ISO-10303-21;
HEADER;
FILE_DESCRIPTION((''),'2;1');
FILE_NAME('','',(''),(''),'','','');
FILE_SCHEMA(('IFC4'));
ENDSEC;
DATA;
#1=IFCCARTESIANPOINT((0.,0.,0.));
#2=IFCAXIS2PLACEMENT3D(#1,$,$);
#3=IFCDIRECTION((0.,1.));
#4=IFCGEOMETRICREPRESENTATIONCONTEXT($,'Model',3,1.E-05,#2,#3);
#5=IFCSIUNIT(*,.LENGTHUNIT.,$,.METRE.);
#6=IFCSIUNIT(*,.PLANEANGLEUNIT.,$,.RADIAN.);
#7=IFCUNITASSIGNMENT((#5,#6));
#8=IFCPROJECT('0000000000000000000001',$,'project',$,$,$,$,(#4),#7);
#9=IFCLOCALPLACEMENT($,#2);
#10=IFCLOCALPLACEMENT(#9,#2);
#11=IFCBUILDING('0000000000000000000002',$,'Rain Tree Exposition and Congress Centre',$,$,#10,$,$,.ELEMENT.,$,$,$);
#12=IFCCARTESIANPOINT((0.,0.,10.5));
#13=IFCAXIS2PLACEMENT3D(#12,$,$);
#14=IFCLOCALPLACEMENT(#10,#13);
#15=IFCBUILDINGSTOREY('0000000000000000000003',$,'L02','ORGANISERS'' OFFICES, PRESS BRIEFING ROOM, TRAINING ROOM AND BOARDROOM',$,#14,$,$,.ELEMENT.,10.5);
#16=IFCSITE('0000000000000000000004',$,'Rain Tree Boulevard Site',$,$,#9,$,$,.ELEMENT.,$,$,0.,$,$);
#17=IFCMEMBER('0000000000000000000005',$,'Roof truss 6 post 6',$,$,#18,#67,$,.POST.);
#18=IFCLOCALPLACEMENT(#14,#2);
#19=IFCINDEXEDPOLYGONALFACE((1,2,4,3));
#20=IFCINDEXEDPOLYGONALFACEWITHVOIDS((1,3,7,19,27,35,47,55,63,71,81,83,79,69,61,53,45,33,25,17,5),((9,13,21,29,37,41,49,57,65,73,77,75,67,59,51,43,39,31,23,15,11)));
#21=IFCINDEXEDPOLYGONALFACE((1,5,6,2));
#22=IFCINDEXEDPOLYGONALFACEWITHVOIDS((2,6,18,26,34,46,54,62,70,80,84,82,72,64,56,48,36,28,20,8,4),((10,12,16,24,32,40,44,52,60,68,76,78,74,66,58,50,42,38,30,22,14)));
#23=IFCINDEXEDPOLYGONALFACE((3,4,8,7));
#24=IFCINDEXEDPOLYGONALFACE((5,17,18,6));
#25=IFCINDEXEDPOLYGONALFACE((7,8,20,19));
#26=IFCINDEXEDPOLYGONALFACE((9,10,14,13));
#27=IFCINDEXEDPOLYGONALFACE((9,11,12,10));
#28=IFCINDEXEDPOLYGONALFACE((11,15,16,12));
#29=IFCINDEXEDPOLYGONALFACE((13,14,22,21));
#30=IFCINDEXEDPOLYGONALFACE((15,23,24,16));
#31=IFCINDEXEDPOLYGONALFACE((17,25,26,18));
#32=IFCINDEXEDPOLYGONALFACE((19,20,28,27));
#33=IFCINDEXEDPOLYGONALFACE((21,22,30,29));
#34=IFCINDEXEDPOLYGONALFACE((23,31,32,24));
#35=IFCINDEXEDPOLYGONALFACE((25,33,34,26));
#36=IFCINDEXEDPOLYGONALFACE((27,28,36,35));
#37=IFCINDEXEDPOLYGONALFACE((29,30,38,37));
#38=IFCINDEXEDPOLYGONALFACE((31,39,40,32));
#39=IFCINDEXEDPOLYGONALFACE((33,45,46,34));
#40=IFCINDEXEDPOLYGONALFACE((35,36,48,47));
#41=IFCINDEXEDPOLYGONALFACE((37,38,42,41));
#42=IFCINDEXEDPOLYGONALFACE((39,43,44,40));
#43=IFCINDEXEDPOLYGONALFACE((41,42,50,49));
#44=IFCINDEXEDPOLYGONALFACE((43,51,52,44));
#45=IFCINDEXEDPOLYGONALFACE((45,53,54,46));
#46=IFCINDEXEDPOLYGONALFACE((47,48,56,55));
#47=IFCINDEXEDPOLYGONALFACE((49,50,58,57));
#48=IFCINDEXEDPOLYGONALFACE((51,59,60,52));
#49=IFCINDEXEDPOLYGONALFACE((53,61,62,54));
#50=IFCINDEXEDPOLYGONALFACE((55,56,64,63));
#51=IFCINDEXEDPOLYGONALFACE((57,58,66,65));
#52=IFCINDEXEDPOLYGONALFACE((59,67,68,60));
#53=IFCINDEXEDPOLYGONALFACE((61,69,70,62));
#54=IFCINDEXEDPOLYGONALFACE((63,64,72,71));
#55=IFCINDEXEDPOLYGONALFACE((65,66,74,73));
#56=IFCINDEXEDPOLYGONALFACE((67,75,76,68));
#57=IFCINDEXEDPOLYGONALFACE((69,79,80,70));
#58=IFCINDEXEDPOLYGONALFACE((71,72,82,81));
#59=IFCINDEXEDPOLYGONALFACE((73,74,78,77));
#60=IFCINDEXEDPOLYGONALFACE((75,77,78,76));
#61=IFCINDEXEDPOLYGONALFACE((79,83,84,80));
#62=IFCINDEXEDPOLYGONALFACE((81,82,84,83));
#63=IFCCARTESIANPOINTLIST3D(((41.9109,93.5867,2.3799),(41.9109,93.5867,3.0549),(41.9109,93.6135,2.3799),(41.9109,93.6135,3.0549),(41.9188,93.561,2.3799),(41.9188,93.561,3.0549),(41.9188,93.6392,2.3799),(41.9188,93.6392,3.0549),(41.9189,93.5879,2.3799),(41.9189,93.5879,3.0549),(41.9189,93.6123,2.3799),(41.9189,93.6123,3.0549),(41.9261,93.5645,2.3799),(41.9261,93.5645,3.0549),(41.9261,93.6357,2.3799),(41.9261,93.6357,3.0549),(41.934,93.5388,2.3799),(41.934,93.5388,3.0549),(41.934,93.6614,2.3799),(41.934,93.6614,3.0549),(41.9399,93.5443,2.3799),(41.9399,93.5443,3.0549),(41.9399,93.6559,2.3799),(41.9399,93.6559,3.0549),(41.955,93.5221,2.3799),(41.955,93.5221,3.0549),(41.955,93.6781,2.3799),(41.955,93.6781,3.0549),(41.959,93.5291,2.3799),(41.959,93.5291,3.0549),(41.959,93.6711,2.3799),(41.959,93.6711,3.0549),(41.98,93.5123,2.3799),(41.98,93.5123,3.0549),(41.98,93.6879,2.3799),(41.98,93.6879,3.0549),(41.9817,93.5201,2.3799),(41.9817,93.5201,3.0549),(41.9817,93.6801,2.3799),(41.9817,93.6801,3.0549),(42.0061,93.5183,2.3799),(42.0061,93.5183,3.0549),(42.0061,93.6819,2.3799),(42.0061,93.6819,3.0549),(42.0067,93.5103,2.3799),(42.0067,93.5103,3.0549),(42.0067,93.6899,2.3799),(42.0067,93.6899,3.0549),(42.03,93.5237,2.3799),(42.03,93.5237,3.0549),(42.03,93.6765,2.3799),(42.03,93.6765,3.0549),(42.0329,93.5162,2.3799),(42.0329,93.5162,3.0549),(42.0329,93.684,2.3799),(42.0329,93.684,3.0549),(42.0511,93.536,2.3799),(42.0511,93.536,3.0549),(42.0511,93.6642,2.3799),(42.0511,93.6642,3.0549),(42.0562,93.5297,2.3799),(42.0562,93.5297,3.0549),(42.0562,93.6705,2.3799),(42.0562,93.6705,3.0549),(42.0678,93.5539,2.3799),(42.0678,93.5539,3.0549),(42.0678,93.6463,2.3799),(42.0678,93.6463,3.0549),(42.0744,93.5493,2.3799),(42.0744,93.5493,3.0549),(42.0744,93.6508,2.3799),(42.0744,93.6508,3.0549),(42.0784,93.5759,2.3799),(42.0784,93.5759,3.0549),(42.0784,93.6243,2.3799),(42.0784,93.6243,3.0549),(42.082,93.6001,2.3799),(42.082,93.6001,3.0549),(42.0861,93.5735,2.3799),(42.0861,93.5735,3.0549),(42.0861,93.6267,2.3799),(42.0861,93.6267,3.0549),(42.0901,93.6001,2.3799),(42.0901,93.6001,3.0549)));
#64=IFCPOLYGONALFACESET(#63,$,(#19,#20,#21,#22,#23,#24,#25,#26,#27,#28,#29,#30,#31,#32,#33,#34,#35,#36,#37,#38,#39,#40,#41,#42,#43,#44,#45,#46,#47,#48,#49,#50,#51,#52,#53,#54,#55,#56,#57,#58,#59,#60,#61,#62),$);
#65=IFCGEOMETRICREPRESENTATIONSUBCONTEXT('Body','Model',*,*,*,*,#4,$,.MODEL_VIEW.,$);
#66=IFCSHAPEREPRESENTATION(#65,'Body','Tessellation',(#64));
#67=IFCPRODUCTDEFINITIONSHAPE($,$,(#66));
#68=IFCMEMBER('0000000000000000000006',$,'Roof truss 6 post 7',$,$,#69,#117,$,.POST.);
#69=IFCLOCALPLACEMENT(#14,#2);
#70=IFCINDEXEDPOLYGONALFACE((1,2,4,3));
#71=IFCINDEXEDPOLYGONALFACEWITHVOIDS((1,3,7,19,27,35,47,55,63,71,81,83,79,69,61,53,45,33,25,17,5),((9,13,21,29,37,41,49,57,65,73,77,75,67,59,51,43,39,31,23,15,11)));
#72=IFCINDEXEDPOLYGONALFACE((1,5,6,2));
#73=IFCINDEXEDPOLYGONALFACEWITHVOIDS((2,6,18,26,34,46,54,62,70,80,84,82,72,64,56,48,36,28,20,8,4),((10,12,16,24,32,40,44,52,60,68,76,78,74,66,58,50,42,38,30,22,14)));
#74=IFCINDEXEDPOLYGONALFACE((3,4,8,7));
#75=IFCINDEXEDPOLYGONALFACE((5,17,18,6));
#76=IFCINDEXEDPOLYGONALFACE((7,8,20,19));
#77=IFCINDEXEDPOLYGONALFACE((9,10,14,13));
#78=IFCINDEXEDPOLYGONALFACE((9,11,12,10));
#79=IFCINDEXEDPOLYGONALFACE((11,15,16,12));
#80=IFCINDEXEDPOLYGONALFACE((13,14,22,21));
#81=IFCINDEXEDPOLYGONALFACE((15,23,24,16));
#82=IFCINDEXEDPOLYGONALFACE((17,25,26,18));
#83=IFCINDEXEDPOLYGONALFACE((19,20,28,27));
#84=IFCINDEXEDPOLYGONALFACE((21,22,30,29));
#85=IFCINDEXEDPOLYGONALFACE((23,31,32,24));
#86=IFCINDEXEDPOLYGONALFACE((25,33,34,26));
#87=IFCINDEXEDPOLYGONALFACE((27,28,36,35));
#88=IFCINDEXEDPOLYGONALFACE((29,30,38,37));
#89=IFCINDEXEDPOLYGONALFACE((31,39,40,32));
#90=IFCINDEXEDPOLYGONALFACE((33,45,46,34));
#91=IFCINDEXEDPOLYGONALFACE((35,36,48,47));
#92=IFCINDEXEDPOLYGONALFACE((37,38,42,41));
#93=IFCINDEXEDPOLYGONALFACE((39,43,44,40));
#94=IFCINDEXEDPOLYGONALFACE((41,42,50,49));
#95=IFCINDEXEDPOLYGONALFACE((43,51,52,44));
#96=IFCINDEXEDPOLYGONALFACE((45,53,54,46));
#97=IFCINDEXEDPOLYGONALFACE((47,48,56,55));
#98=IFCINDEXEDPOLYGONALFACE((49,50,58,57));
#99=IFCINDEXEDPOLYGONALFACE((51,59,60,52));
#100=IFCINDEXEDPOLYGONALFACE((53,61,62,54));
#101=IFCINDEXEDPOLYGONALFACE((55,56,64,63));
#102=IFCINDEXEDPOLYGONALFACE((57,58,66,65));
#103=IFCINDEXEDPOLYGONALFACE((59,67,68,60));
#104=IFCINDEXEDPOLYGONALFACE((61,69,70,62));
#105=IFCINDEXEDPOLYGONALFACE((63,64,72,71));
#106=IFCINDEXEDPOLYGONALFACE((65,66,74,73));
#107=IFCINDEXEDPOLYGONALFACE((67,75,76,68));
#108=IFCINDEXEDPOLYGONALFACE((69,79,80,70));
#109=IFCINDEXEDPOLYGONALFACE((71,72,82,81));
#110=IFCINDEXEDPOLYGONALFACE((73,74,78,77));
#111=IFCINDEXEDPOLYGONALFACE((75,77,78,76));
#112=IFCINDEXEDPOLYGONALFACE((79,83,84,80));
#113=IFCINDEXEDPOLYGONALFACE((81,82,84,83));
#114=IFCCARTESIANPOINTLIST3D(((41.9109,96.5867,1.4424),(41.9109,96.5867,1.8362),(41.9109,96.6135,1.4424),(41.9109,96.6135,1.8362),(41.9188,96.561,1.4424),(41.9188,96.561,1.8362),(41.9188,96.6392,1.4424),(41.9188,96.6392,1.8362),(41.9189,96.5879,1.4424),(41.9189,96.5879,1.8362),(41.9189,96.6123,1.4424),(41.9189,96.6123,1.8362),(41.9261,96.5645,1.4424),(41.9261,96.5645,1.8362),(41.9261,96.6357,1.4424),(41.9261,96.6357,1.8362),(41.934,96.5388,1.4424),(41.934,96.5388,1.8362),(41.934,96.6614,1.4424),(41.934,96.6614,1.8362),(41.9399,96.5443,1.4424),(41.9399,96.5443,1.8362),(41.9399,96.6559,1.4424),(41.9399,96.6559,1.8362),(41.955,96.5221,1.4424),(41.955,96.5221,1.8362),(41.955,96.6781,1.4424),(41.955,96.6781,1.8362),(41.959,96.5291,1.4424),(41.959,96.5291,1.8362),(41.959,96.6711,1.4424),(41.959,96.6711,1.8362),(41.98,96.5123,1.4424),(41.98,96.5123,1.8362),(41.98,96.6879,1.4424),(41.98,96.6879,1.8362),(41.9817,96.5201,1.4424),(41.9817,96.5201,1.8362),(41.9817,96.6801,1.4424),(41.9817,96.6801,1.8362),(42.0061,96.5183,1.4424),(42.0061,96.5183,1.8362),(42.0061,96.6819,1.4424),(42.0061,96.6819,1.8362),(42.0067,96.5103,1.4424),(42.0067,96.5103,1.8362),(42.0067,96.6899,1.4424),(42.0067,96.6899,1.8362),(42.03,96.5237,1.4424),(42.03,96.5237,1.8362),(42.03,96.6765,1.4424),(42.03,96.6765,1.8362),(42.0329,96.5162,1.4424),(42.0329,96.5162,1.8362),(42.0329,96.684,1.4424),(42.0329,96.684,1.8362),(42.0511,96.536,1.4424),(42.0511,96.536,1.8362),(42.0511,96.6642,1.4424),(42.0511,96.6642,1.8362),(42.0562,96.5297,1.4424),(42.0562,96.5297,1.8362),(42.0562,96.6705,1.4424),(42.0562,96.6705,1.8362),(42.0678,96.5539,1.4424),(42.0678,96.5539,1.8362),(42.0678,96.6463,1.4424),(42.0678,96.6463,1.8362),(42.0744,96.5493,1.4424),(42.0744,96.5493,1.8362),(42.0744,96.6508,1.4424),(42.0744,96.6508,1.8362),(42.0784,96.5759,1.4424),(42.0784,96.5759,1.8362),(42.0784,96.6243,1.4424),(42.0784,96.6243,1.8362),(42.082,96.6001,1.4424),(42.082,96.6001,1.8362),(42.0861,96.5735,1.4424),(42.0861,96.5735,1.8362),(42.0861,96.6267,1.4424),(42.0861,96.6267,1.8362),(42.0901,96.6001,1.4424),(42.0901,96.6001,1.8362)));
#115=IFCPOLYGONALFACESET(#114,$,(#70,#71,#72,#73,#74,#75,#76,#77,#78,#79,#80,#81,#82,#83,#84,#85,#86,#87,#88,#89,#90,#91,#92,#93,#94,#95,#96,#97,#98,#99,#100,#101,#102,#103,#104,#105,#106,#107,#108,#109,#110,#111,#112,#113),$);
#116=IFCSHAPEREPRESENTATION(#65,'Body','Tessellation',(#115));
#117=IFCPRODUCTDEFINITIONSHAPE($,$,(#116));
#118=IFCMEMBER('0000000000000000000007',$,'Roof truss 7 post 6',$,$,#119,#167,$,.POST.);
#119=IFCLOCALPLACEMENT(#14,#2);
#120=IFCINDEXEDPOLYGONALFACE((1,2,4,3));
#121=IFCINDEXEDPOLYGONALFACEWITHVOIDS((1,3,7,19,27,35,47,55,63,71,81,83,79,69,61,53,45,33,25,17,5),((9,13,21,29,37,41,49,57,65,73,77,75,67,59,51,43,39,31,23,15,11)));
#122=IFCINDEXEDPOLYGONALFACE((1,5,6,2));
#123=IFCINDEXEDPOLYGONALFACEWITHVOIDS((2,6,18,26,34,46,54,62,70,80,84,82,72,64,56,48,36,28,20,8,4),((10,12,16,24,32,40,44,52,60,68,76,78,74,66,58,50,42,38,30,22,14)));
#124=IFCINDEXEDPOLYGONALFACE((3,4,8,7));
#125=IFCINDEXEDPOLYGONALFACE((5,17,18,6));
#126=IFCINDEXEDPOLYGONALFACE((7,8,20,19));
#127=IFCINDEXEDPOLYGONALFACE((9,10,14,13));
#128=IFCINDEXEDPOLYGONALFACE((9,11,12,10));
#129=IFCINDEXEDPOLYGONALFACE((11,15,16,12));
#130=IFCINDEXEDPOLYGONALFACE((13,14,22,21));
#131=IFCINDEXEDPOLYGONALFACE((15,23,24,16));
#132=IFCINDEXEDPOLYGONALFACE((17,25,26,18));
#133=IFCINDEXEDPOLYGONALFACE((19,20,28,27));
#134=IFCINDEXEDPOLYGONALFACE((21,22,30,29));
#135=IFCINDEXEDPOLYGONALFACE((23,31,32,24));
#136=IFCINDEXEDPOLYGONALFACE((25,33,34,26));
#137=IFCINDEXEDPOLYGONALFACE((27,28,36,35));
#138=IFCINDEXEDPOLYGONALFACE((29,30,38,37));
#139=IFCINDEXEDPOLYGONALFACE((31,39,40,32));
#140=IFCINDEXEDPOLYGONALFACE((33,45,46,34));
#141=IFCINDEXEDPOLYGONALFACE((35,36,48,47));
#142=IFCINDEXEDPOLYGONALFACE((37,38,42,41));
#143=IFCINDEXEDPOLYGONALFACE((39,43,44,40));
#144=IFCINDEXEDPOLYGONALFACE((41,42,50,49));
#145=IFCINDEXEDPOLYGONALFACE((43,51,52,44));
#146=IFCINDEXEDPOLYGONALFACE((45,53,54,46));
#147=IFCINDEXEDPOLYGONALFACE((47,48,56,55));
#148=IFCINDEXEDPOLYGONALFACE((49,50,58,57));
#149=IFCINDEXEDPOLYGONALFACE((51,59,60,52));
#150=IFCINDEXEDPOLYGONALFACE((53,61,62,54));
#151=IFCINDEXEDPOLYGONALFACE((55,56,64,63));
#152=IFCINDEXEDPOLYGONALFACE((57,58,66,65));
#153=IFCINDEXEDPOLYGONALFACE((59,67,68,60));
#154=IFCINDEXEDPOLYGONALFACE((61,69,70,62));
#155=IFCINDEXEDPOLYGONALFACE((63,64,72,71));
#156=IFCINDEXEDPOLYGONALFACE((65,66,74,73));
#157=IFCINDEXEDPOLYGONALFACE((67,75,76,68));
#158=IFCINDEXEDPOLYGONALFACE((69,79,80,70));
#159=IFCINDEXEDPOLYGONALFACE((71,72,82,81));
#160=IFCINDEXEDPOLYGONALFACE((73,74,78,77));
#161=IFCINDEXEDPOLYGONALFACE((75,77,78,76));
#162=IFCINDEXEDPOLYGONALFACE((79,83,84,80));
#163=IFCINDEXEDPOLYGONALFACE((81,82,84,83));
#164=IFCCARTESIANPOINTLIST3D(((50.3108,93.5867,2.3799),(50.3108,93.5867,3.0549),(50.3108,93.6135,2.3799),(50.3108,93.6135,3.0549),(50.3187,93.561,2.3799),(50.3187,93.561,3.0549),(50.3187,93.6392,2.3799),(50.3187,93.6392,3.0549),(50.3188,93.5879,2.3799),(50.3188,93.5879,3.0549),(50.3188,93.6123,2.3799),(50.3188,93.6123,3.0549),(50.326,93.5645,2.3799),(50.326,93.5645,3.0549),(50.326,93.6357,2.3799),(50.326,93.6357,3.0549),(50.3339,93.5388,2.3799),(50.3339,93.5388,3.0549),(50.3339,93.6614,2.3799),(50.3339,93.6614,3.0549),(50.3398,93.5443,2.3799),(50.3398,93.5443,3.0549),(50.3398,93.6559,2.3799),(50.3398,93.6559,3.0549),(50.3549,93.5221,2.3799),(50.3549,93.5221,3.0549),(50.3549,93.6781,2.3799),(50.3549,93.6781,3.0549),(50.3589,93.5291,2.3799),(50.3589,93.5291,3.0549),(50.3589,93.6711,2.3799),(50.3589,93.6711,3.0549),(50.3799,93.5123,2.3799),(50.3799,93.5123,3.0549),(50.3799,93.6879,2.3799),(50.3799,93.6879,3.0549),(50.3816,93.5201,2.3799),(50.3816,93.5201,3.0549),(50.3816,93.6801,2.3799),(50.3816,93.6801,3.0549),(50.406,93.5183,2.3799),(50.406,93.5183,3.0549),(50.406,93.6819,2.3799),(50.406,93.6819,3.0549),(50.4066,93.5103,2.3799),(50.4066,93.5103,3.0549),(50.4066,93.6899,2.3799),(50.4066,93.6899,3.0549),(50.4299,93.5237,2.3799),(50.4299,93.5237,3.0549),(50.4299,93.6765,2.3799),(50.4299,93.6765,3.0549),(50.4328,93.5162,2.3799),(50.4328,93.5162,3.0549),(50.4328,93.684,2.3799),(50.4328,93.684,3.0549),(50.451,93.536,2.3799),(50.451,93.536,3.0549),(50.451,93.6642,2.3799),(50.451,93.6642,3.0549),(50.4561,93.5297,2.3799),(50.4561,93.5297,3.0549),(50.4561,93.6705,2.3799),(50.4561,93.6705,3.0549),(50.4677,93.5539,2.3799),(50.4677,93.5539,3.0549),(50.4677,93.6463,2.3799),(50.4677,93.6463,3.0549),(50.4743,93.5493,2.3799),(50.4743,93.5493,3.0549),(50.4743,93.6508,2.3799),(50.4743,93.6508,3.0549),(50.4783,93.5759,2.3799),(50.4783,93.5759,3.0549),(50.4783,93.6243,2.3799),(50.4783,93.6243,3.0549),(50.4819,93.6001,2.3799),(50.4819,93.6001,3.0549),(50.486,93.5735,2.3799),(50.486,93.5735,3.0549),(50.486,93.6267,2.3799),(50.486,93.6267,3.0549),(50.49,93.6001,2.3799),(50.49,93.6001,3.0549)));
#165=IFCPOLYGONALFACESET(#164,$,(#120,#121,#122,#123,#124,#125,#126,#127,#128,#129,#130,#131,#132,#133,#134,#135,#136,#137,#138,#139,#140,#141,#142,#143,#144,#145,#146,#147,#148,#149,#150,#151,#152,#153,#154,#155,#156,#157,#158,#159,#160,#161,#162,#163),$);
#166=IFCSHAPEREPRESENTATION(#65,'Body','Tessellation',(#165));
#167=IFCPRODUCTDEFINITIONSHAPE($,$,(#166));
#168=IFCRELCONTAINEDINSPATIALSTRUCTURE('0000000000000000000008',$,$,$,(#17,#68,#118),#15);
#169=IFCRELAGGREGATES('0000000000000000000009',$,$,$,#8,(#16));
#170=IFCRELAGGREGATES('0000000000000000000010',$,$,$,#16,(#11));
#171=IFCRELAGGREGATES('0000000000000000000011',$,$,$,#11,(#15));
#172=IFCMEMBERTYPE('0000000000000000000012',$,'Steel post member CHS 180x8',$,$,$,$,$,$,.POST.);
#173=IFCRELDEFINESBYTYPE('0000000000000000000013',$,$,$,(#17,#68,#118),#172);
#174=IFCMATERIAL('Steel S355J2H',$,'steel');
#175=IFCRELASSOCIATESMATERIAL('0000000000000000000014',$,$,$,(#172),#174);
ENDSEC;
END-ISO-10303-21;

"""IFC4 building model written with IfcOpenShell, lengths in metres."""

from ifc_helpers import new_model, si_unit, direction, frame, origin, origin_2d, place, context, subcontext, project, spatial, hollow_circle, extrude, material, material_profile, profile_set, type_object, element, save


model = new_model("IFC4")

# Units and contexts
model_context = context("Model", 3, precision=1e-05, world=origin(), true_north=direction((0.0, 1.0)))
body_context = subcontext(model_context, "Body", "Model", "MODEL_VIEW")
ifc_project = project(units=[si_unit("LENGTHUNIT", "METRE"), si_unit("PLANEANGLEUNIT", "RADIAN")], contexts=[model_context])

# Site, building, storey
site_placement = place(None, origin())
site = spatial("IfcSite", under=ifc_project, at=site_placement, Name="Rain Tree Boulevard Site", CompositionType="ELEMENT", RefElevation=0.0)
building_placement = place(site_placement, origin())
building = spatial("IfcBuilding", under=site, at=building_placement, Name="Rain Tree Exposition and Congress Centre", CompositionType="ELEMENT")
storey_placement = place(building_placement, frame((0.0, 0.0, 10.5)))
storey = spatial("IfcBuildingStorey", under=building, at=storey_placement, Name="L02", Description="ORGANISERS' OFFICES, PRESS BRIEFING ROOM, TRAINING ROOM AND BOARDROOM", CompositionType="ELEMENT", Elevation=10.5)

# Members
ifc_material_1 = material(Name="Steel S355J2H", Category="steel")
ifc_material_profile_1 = material_profile(ifc_material_1, hollow_circle(Radius=0.0901, WallThickness=0.0081, at=origin_2d()), Name="CHS 180x8")
ifc_profile_set_1 = profile_set([ifc_material_profile_1], Name="Steel S355J2H")
member_type_1 = type_object("IfcMemberType", Name="Steel post member CHS 180x8", PredefinedType="POST", material=ifc_profile_set_1)
member_1_placement = place(storey_placement, frame((42.0, 93.6001, 2.3799), z_axis=(0.0, 0.0, 1.0), x_axis=(1.0, 0.0, 0.0)))
element("IfcMember", 1, at=member_1_placement, inside=storey, type_object=member_type_1, Name="Roof truss 6 post 6", PredefinedType="POST", context=body_context, shape_type="SweptSolid", body=[
    extrude(hollow_circle(Radius=0.0901, WallThickness=0.0081, at=origin_2d()), origin(), (0.0, 0.0, 1.0), 0.675),
])
member_2_placement = place(storey_placement, frame((42.0, 96.6001, 1.4424), z_axis=(0.0, 0.0, 1.0), x_axis=(1.0, 0.0, 0.0)))
element("IfcMember", 2, at=member_2_placement, inside=storey, type_object=member_type_1, Name="Roof truss 6 post 7", PredefinedType="POST", context=body_context, shape_type="SweptSolid", body=[
    extrude(hollow_circle(Radius=0.0901, WallThickness=0.0081, at=origin_2d()), origin(), (0.0, 0.0, 1.0), 0.3938),
])
member_3_placement = place(storey_placement, frame((50.3999, 93.6001, 2.3799), z_axis=(0.0, 0.0, 1.0), x_axis=(1.0, 0.0, 0.0)))
element("IfcMember", 3, at=member_3_placement, inside=storey, type_object=member_type_1, Name="Roof truss 7 post 6", PredefinedType="POST", context=body_context, shape_type="SweptSolid", body=[
    extrude(hollow_circle(Radius=0.0901, WallThickness=0.0081, at=origin_2d()), origin(), (0.0, 0.0, 1.0), 0.675),
])

save(model, "model.ifc")
